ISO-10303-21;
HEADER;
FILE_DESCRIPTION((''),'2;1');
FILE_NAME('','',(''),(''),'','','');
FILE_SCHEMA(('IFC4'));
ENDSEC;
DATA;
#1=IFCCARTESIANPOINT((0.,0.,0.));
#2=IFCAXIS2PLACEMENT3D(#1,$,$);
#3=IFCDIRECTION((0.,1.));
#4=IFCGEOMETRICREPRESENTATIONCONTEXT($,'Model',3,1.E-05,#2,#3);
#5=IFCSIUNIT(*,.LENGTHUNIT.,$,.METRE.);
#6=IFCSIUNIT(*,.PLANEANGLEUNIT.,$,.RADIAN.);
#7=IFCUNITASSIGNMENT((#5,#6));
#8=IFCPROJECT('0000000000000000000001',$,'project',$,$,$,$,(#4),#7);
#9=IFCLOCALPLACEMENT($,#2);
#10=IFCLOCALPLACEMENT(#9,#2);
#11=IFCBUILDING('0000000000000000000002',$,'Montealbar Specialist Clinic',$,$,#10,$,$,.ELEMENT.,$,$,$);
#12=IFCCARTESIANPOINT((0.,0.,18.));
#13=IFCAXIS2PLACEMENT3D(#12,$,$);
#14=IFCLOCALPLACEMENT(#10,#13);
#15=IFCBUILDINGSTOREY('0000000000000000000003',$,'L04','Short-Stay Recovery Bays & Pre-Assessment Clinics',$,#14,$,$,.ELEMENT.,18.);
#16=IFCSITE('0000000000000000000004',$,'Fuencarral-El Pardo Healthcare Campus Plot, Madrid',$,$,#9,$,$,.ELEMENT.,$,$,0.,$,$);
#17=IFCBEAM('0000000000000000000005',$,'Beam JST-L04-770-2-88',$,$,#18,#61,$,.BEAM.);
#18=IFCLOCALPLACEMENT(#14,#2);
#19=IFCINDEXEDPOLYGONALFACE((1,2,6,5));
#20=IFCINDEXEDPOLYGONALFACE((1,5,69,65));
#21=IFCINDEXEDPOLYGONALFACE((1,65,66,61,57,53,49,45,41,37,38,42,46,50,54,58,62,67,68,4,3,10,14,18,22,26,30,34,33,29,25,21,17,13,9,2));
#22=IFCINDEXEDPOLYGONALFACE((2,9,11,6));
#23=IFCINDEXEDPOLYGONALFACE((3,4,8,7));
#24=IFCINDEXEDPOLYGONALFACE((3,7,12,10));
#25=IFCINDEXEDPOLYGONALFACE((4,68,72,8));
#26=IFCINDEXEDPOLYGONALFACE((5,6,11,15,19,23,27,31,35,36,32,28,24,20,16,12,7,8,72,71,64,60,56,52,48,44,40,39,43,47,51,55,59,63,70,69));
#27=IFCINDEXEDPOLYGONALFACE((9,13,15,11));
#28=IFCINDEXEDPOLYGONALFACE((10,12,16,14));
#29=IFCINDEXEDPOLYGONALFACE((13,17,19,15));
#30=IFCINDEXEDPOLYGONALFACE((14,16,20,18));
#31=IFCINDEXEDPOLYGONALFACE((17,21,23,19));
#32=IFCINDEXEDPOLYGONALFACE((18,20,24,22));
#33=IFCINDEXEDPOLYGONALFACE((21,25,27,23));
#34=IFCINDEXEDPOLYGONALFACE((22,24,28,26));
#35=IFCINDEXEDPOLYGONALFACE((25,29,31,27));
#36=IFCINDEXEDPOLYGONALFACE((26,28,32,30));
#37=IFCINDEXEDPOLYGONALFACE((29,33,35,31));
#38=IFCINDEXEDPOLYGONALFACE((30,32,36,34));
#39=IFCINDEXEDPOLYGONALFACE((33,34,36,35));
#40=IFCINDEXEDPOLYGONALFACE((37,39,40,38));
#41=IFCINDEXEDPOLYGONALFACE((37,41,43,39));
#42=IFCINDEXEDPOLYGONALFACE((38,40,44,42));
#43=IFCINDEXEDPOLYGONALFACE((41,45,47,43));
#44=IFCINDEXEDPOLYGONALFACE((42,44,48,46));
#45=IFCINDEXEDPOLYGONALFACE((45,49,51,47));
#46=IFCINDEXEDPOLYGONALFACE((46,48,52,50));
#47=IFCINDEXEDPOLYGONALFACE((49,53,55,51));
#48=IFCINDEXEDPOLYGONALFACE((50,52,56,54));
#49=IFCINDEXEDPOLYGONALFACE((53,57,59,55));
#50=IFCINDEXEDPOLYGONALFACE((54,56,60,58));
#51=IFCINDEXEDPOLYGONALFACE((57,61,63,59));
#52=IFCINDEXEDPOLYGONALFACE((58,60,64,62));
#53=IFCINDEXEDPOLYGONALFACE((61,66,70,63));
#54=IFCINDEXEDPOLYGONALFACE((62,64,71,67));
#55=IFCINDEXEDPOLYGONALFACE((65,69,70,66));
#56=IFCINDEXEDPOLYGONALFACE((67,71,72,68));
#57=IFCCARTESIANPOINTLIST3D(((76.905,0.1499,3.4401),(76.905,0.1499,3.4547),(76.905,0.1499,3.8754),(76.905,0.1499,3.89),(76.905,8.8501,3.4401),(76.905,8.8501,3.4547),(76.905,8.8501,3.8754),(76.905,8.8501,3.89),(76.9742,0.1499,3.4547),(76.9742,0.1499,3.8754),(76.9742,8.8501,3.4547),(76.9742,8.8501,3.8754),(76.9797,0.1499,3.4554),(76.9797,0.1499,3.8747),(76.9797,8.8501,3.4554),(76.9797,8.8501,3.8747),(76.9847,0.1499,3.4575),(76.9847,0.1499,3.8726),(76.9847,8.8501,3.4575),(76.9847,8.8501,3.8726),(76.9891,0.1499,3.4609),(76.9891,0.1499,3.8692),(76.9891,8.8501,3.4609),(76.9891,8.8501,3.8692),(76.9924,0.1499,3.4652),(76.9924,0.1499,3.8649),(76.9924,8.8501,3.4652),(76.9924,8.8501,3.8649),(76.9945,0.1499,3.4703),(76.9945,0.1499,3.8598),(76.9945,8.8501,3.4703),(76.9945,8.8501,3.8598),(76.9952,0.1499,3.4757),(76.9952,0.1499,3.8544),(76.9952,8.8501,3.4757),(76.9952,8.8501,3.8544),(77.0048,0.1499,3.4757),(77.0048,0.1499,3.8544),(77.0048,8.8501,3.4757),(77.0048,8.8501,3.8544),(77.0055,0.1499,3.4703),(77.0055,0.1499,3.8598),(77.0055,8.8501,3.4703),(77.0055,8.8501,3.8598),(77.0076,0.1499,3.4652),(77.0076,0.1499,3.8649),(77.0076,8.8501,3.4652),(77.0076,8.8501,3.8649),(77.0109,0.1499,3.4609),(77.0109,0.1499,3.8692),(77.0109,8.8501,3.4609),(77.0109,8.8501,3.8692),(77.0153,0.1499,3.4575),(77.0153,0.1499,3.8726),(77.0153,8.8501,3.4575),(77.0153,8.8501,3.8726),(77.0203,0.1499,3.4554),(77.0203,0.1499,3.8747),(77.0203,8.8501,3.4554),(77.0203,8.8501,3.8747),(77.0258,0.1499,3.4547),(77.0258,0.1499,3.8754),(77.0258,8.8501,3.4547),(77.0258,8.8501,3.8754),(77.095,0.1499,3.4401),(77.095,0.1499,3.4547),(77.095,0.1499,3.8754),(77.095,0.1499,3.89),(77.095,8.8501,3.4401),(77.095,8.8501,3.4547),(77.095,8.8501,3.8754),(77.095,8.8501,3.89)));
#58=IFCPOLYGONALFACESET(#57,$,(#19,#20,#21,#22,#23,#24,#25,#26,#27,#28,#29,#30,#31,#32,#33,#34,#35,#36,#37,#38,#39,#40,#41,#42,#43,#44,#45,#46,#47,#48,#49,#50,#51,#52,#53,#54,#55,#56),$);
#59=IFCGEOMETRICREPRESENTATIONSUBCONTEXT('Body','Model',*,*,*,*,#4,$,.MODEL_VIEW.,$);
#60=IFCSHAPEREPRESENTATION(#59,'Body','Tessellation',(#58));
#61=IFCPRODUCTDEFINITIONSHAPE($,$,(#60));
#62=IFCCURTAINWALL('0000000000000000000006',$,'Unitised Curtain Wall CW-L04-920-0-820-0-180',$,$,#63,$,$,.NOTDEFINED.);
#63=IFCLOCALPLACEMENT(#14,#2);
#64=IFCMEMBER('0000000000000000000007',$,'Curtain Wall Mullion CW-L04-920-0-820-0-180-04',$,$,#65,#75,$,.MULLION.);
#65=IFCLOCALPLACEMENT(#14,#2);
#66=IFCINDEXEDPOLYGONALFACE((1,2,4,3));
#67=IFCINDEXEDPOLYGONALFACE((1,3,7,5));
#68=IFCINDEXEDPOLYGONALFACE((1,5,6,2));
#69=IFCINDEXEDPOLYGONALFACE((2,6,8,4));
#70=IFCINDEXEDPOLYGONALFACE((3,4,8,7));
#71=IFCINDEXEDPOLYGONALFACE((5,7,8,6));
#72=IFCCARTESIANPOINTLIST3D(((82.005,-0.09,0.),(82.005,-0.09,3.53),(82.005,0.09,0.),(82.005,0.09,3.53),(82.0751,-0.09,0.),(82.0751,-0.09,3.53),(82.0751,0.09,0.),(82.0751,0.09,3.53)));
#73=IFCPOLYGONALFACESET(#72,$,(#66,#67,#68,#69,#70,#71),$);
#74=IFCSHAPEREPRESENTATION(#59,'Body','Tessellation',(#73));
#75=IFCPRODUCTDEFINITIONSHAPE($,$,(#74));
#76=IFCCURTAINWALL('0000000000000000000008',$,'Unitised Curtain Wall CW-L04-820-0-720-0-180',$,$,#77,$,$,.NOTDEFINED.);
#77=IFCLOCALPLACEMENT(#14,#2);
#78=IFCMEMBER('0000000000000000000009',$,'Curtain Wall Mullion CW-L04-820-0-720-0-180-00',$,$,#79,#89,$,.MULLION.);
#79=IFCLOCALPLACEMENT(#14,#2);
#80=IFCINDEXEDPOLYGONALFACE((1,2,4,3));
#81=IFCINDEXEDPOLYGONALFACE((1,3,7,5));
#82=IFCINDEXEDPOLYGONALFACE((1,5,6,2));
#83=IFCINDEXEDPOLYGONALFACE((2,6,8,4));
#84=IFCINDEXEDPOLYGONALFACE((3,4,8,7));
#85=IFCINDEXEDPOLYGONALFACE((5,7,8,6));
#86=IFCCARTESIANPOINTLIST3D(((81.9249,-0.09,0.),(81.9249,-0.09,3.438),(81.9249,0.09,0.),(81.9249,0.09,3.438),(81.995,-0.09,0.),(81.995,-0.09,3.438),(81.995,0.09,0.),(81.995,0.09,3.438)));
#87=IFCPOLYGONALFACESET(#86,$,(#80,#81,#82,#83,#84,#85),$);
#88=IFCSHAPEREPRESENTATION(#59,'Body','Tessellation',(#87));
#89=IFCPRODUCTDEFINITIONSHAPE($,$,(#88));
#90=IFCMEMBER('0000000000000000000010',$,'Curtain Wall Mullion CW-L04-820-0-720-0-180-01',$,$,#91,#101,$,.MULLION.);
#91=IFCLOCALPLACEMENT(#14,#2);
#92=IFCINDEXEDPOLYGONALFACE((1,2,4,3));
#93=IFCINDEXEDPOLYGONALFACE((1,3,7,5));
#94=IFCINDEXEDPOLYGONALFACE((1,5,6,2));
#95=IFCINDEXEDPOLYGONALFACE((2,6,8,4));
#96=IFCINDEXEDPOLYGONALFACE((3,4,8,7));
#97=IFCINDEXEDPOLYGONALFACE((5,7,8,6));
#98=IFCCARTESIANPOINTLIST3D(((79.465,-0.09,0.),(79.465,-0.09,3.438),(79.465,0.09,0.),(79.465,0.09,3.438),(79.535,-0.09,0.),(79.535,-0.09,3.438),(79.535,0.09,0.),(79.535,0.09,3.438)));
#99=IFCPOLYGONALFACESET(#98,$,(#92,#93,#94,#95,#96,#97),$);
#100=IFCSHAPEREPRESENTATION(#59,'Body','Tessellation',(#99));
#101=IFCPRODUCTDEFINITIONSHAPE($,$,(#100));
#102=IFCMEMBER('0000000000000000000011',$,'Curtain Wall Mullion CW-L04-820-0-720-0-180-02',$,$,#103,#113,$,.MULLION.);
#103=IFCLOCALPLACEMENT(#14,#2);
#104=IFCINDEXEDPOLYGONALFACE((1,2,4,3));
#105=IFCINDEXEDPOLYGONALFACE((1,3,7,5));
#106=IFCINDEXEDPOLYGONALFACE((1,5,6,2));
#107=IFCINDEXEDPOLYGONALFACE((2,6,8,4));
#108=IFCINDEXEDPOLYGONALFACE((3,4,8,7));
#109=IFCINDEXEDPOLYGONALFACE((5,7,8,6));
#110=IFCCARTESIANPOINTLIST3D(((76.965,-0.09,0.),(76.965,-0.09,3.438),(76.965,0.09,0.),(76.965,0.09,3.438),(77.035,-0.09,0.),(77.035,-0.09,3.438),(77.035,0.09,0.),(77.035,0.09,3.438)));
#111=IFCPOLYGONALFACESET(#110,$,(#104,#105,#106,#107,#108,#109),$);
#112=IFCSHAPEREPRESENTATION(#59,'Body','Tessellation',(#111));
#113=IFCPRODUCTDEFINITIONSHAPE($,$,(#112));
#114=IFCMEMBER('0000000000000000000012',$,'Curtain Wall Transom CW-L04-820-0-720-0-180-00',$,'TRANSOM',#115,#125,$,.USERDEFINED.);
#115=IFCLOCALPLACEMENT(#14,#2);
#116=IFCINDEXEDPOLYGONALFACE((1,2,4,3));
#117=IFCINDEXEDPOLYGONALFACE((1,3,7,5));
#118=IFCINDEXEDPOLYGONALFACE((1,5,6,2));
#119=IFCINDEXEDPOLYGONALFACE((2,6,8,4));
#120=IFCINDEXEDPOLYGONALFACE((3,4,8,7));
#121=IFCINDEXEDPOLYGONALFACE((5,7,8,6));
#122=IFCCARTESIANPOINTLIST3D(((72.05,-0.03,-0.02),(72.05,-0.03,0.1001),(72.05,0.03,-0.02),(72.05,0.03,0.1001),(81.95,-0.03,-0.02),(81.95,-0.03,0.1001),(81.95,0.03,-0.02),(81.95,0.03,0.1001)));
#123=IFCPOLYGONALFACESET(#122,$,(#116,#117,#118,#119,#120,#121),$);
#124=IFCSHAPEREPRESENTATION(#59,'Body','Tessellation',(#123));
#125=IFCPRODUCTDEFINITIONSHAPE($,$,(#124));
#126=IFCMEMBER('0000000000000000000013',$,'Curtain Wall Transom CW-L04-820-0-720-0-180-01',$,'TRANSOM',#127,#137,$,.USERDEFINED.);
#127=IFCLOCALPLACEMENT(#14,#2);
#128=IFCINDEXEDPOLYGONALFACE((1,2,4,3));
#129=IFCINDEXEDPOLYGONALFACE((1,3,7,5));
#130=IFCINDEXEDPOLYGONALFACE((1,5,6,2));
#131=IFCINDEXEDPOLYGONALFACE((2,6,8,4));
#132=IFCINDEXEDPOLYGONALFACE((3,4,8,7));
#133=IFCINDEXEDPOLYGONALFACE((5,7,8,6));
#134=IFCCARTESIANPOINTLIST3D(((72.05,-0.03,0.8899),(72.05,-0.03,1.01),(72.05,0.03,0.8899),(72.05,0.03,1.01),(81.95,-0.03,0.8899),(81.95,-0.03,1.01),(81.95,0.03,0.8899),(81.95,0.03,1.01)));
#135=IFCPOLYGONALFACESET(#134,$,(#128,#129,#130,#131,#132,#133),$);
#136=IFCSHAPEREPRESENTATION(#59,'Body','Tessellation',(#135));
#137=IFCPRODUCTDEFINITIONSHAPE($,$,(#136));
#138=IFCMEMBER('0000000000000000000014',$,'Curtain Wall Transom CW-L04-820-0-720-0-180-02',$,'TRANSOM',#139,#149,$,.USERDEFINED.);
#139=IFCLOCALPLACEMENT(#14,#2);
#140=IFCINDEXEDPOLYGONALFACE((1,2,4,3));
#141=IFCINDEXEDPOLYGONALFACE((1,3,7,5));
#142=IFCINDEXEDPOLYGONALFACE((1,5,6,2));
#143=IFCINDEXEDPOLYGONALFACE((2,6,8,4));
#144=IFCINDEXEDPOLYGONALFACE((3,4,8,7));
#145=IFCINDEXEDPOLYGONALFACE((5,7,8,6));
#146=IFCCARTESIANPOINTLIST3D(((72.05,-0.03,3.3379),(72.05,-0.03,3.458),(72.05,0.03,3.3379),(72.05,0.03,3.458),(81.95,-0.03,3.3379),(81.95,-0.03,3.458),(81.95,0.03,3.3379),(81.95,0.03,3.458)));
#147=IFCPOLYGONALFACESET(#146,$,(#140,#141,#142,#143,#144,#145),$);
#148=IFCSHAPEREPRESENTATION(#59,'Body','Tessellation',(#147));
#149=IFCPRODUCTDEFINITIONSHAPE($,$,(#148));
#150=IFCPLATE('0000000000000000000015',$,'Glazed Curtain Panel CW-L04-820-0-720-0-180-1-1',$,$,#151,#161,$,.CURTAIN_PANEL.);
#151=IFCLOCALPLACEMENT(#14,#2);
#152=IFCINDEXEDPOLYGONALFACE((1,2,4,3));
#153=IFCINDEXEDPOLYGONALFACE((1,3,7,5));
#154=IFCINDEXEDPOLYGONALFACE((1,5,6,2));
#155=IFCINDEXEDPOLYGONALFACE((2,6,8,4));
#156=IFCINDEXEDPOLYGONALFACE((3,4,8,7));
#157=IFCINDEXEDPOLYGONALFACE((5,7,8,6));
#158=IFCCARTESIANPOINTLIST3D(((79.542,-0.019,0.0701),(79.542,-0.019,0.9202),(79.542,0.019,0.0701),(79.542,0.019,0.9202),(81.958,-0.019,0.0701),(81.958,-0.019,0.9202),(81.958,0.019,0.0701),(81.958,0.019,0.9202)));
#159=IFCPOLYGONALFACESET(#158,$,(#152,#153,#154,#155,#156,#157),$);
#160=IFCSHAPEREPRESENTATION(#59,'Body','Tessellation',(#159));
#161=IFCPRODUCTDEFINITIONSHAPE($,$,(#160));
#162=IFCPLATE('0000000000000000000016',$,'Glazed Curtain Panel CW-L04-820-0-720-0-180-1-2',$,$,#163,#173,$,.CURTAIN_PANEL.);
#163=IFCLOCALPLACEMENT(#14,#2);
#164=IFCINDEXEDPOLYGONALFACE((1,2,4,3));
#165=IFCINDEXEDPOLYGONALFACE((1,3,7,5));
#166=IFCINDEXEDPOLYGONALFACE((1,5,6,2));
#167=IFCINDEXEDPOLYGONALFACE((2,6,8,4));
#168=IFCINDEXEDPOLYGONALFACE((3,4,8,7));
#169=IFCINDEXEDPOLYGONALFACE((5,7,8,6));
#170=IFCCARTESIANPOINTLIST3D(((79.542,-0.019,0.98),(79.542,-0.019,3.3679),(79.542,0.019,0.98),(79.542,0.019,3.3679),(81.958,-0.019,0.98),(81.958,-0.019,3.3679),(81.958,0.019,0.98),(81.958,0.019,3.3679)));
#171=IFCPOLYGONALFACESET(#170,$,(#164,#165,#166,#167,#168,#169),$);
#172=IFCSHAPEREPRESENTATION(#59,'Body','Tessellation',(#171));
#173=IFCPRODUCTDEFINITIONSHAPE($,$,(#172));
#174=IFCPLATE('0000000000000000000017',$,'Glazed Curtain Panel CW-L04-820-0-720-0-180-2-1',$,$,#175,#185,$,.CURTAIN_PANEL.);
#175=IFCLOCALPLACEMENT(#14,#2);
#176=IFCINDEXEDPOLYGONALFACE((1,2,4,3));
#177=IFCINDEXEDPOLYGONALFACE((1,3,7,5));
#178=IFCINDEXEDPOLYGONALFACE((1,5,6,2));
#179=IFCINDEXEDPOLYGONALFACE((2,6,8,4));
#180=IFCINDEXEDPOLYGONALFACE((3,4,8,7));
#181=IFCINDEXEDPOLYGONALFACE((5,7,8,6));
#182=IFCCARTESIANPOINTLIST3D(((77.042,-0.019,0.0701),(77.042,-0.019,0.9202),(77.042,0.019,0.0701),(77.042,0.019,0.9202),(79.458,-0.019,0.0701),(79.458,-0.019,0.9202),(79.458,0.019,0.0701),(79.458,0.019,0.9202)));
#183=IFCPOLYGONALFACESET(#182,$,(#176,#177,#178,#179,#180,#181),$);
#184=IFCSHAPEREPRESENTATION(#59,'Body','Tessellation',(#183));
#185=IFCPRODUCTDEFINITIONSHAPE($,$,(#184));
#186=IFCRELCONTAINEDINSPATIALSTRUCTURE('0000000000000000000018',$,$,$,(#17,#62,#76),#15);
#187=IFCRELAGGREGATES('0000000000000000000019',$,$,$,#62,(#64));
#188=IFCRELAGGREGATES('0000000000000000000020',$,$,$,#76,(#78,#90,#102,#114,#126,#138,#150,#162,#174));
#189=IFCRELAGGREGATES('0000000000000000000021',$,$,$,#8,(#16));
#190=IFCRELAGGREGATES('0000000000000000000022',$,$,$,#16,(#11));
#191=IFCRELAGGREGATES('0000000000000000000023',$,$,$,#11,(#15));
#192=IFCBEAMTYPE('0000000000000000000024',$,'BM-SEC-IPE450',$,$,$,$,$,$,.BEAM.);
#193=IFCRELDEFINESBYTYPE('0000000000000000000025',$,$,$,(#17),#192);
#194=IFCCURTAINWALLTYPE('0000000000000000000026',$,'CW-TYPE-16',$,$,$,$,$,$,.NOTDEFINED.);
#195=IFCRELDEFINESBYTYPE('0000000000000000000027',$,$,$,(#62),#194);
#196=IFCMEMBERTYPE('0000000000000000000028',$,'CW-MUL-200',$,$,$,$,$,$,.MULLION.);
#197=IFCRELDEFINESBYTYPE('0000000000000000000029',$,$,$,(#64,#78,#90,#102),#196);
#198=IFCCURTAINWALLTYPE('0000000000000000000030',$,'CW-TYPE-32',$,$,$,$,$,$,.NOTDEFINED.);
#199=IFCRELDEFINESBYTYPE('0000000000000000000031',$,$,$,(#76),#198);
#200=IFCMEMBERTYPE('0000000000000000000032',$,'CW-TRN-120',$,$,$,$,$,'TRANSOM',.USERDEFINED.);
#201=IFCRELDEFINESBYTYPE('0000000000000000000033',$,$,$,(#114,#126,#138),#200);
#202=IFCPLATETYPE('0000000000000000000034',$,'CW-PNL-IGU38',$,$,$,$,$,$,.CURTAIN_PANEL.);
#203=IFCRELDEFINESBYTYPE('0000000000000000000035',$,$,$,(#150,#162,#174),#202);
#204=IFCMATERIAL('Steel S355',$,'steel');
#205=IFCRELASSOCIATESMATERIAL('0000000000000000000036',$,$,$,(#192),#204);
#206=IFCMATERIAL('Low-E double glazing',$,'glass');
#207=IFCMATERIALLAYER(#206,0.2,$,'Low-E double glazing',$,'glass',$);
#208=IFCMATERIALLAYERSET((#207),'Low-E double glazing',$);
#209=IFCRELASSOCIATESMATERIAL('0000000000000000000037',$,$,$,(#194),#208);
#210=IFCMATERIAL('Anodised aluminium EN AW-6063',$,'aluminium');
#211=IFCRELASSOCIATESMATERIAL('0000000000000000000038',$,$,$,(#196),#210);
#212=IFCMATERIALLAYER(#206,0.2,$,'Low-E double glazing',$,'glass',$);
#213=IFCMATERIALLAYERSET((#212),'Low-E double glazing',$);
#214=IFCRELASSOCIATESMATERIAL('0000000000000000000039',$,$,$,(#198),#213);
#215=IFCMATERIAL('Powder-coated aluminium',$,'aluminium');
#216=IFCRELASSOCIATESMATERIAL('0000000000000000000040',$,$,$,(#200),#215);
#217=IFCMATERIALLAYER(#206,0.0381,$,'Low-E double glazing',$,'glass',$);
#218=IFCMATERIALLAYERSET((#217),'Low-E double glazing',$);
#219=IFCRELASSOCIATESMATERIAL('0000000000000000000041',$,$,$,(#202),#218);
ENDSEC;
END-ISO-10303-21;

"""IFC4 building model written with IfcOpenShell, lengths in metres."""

from ifc_helpers import new_model, si_unit, direction, frame, origin, origin_2d, place, context, subcontext, project, spatial, rectangle, i_section, extrude, material, layer, layer_set, material_profile, profile_set, type_object, element, aggregate, save


model = new_model("IFC4")

# Units and contexts
model_context = context("Model", 3, precision=1e-05, world=origin(), true_north=direction((0.0, 1.0)))
body_context = subcontext(model_context, "Body", "Model", "MODEL_VIEW")
ifc_project = project(units=[si_unit("LENGTHUNIT", "METRE"), si_unit("PLANEANGLEUNIT", "RADIAN")], contexts=[model_context])

# Site, building, storey
site_placement = place(None, origin())
site = spatial("IfcSite", under=ifc_project, at=site_placement, Name="Fuencarral-El Pardo Healthcare Campus Plot, Madrid", CompositionType="ELEMENT", RefElevation=0.0)
building_placement = place(site_placement, origin())
building = spatial("IfcBuilding", under=site, at=building_placement, Name="Montealbar Specialist Clinic", CompositionType="ELEMENT")
storey_placement = place(building_placement, frame((0.0, 0.0, 18.0)))
storey = spatial("IfcBuildingStorey", under=building, at=storey_placement, Name="L04", Description="Short-Stay Recovery Bays & Pre-Assessment Clinics", CompositionType="ELEMENT", Elevation=18.0)

# Shared definitions
ifc_material_1 = material(Name="Steel S355", Category="steel")

# Beam
ifc_material_profile_1 = material_profile(ifc_material_1, i_section(OverallWidth=0.1899, OverallDepth=0.45, WebThickness=0.0095, FlangeThickness=0.0146, FilletRadius=0.021, at=origin_2d()), Name="IPE 450", Category="steel")
ifc_profile_set_1 = profile_set([ifc_material_profile_1], Name="Steel S355")
beam_type_1 = type_object("IfcBeamType", Name="BM-SEC-IPE450", PredefinedType="BEAM", material=ifc_profile_set_1)
beam_1_placement = place(storey_placement, frame((77.0, 0.1499, 3.665), z_axis=(0.0, 1.0, 0.0), x_axis=(-1.0, 0.0, 0.0)))
element("IfcBeam", 1, at=beam_1_placement, inside=storey, type_object=beam_type_1, Name="Beam JST-L04-770-2-88", PredefinedType="BEAM", context=body_context, shape_type="SweptSolid", body=[
    extrude(i_section(OverallWidth=0.1899, OverallDepth=0.45, WebThickness=0.0095, FlangeThickness=0.0146, FilletRadius=0.021, at=origin_2d()), origin(), (0.0, 0.0, 1.0), 8.7002),
])

# Curtain wall, member
ifc_material_2 = material(Name="Low-E double glazing", Category="glass")
ifc_layer_1 = layer(ifc_material_2, 0.2, Name="Low-E double glazing", Category="glass")
ifc_layer_set_1 = layer_set([ifc_layer_1], Name="Low-E double glazing")
curtain_wall_type_1 = type_object("IfcCurtainWallType", Name="CW-TYPE-16", PredefinedType="NOTDEFINED", material=ifc_layer_set_1)
curtain_wall_1_placement = place(storey_placement, origin())
curtain_wall_1 = element("IfcCurtainWall", 2, at=curtain_wall_1_placement, inside=storey, type_object=curtain_wall_type_1, Name="Unitised Curtain Wall CW-L04-920-0-820-0-180", PredefinedType="NOTDEFINED")
ifc_material_3 = material(Name="Anodised aluminium EN AW-6063", Category="aluminium")
ifc_material_profile_2 = material_profile(ifc_material_3, rectangle(XDim=0.0701, YDim=0.1799, at=origin_2d()), Name="ALU 70x180", Category="aluminium")
ifc_profile_set_2 = profile_set([ifc_material_profile_2], Name="Anodised aluminium EN AW-6063")
member_type_1 = type_object("IfcMemberType", Name="CW-MUL-200", PredefinedType="MULLION", material=ifc_profile_set_2)
member_1_placement = place(storey_placement, frame((82.04, 0.0, 0.0), z_axis=(0.0, 0.0, 1.0), x_axis=(-1.0, 0.0, 0.0)))
member_1 = element("IfcMember", 3, at=member_1_placement, type_object=member_type_1, Name="Curtain Wall Mullion CW-L04-920-0-820-0-180-04", PredefinedType="MULLION", context=body_context, shape_type="SweptSolid", body=[
    extrude(rectangle(XDim=0.0701, YDim=0.1799, at=origin_2d()), origin(), (0.0, 0.0, 1.0), 3.53),
])
aggregate(curtain_wall_1, [member_1])

# Curtain wall, members, plates
ifc_layer_2 = layer(ifc_material_2, 0.2, Name="Low-E double glazing", Category="glass")
ifc_layer_set_2 = layer_set([ifc_layer_2], Name="Low-E double glazing")
curtain_wall_type_2 = type_object("IfcCurtainWallType", Name="CW-TYPE-32", PredefinedType="NOTDEFINED", material=ifc_layer_set_2)
curtain_wall_2_placement = place(storey_placement, origin())
curtain_wall_2 = element("IfcCurtainWall", 4, at=curtain_wall_2_placement, inside=storey, type_object=curtain_wall_type_2, Name="Unitised Curtain Wall CW-L04-820-0-720-0-180", PredefinedType="NOTDEFINED")
member_2_placement = place(storey_placement, frame((81.96, 0.0, 0.0), z_axis=(0.0, 0.0, 1.0), x_axis=(-1.0, 0.0, 0.0)))
member_2 = element("IfcMember", 5, at=member_2_placement, type_object=member_type_1, Name="Curtain Wall Mullion CW-L04-820-0-720-0-180-00", PredefinedType="MULLION", context=body_context, shape_type="SweptSolid", body=[
    extrude(rectangle(XDim=0.0701, YDim=0.1799, at=origin_2d()), origin(), (0.0, 0.0, 1.0), 3.438),
])
member_3_placement = place(storey_placement, frame((79.5, 0.0, 0.0), z_axis=(0.0, 0.0, 1.0), x_axis=(-1.0, 0.0, 0.0)))
member_3 = element("IfcMember", 6, at=member_3_placement, type_object=member_type_1, Name="Curtain Wall Mullion CW-L04-820-0-720-0-180-01", PredefinedType="MULLION", context=body_context, shape_type="SweptSolid", body=[
    extrude(rectangle(XDim=0.0701, YDim=0.1799, at=origin_2d()), origin(), (0.0, 0.0, 1.0), 3.438),
])
member_4_placement = place(storey_placement, frame((77.0, 0.0, 0.0), z_axis=(0.0, 0.0, 1.0), x_axis=(-1.0, 0.0, 0.0)))
member_4 = element("IfcMember", 7, at=member_4_placement, type_object=member_type_1, Name="Curtain Wall Mullion CW-L04-820-0-720-0-180-02", PredefinedType="MULLION", context=body_context, shape_type="SweptSolid", body=[
    extrude(rectangle(XDim=0.0701, YDim=0.1799, at=origin_2d()), origin(), (0.0, 0.0, 1.0), 3.438),
])
ifc_material_4 = material(Name="Powder-coated aluminium", Category="aluminium")
ifc_material_profile_3 = material_profile(ifc_material_4, rectangle(XDim=0.0601, YDim=0.1201, at=origin_2d()), Name="ALU 60x120", Category="aluminium")
ifc_profile_set_3 = profile_set([ifc_material_profile_3], Name="Powder-coated aluminium")
member_type_2 = type_object("IfcMemberType", Name="CW-TRN-120", ElementType="TRANSOM", PredefinedType="USERDEFINED", material=ifc_profile_set_3)
member_5_placement = place(storey_placement, frame((81.95, 0.0, 0.04), z_axis=(-1.0, 0.0, 0.0), x_axis=(0.0, -1.0, 0.0)))
member_5 = element("IfcMember", 8, at=member_5_placement, type_object=member_type_2, Name="Curtain Wall Transom CW-L04-820-0-720-0-180-00", ObjectType="TRANSOM", PredefinedType="USERDEFINED", context=body_context, shape_type="SweptSolid", body=[
    extrude(rectangle(XDim=0.0601, YDim=0.1201, at=origin_2d()), origin(), (0.0, 0.0, 1.0), 9.8999),
])
member_6_placement = place(storey_placement, frame((81.95, 0.0, 0.95), z_axis=(-1.0, 0.0, 0.0), x_axis=(0.0, -1.0, 0.0)))
member_6 = element("IfcMember", 9, at=member_6_placement, type_object=member_type_2, Name="Curtain Wall Transom CW-L04-820-0-720-0-180-01", ObjectType="TRANSOM", PredefinedType="USERDEFINED", context=body_context, shape_type="SweptSolid", body=[
    extrude(rectangle(XDim=0.0601, YDim=0.1201, at=origin_2d()), origin(), (0.0, 0.0, 1.0), 9.8999),
])
member_7_placement = place(storey_placement, frame((81.95, 0.0, 3.3979), z_axis=(-1.0, 0.0, 0.0), x_axis=(0.0, -1.0, 0.0)))
member_7 = element("IfcMember", 10, at=member_7_placement, type_object=member_type_2, Name="Curtain Wall Transom CW-L04-820-0-720-0-180-02", ObjectType="TRANSOM", PredefinedType="USERDEFINED", context=body_context, shape_type="SweptSolid", body=[
    extrude(rectangle(XDim=0.0601, YDim=0.1201, at=origin_2d()), origin(), (0.0, 0.0, 1.0), 9.8999),
])
ifc_layer_3 = layer(ifc_material_2, 0.0381, Name="Low-E double glazing", Category="glass")
ifc_layer_set_3 = layer_set([ifc_layer_3], Name="Low-E double glazing")
plate_type = type_object("IfcPlateType", Name="CW-PNL-IGU38", PredefinedType="CURTAIN_PANEL", material=ifc_layer_set_3)
plate_1_placement = place(storey_placement, frame((80.75, 0.0, 0.0701), z_axis=(0.0, 0.0, 1.0), x_axis=(-1.0, 0.0, 0.0)))
plate_1 = element("IfcPlate", 11, at=plate_1_placement, type_object=plate_type, Name="Glazed Curtain Panel CW-L04-820-0-720-0-180-1-1", PredefinedType="CURTAIN_PANEL", context=body_context, shape_type="SweptSolid", body=[
    extrude(rectangle(XDim=2.416, YDim=0.0381, at=origin_2d()), origin(), (0.0, 0.0, 1.0), 0.8501),
])
plate_2_placement = place(storey_placement, frame((80.75, 0.0, 0.98), z_axis=(0.0, 0.0, 1.0), x_axis=(-1.0, 0.0, 0.0)))
plate_2 = element("IfcPlate", 12, at=plate_2_placement, type_object=plate_type, Name="Glazed Curtain Panel CW-L04-820-0-720-0-180-1-2", PredefinedType="CURTAIN_PANEL", context=body_context, shape_type="SweptSolid", body=[
    extrude(rectangle(XDim=2.416, YDim=0.0381, at=origin_2d()), origin(), (0.0, 0.0, 1.0), 2.3879),
])
plate_3_placement = place(storey_placement, frame((78.25, 0.0, 0.0701), z_axis=(0.0, 0.0, 1.0), x_axis=(-1.0, 0.0, 0.0)))
plate_3 = element("IfcPlate", 13, at=plate_3_placement, type_object=plate_type, Name="Glazed Curtain Panel CW-L04-820-0-720-0-180-2-1", PredefinedType="CURTAIN_PANEL", context=body_context, shape_type="SweptSolid", body=[
    extrude(rectangle(XDim=2.416, YDim=0.0381, at=origin_2d()), origin(), (0.0, 0.0, 1.0), 0.8501),
])
aggregate(curtain_wall_2, [member_2, member_3, member_4, member_5, member_6, member_7, plate_1, plate_2, plate_3])

save(model, "model.ifc")
